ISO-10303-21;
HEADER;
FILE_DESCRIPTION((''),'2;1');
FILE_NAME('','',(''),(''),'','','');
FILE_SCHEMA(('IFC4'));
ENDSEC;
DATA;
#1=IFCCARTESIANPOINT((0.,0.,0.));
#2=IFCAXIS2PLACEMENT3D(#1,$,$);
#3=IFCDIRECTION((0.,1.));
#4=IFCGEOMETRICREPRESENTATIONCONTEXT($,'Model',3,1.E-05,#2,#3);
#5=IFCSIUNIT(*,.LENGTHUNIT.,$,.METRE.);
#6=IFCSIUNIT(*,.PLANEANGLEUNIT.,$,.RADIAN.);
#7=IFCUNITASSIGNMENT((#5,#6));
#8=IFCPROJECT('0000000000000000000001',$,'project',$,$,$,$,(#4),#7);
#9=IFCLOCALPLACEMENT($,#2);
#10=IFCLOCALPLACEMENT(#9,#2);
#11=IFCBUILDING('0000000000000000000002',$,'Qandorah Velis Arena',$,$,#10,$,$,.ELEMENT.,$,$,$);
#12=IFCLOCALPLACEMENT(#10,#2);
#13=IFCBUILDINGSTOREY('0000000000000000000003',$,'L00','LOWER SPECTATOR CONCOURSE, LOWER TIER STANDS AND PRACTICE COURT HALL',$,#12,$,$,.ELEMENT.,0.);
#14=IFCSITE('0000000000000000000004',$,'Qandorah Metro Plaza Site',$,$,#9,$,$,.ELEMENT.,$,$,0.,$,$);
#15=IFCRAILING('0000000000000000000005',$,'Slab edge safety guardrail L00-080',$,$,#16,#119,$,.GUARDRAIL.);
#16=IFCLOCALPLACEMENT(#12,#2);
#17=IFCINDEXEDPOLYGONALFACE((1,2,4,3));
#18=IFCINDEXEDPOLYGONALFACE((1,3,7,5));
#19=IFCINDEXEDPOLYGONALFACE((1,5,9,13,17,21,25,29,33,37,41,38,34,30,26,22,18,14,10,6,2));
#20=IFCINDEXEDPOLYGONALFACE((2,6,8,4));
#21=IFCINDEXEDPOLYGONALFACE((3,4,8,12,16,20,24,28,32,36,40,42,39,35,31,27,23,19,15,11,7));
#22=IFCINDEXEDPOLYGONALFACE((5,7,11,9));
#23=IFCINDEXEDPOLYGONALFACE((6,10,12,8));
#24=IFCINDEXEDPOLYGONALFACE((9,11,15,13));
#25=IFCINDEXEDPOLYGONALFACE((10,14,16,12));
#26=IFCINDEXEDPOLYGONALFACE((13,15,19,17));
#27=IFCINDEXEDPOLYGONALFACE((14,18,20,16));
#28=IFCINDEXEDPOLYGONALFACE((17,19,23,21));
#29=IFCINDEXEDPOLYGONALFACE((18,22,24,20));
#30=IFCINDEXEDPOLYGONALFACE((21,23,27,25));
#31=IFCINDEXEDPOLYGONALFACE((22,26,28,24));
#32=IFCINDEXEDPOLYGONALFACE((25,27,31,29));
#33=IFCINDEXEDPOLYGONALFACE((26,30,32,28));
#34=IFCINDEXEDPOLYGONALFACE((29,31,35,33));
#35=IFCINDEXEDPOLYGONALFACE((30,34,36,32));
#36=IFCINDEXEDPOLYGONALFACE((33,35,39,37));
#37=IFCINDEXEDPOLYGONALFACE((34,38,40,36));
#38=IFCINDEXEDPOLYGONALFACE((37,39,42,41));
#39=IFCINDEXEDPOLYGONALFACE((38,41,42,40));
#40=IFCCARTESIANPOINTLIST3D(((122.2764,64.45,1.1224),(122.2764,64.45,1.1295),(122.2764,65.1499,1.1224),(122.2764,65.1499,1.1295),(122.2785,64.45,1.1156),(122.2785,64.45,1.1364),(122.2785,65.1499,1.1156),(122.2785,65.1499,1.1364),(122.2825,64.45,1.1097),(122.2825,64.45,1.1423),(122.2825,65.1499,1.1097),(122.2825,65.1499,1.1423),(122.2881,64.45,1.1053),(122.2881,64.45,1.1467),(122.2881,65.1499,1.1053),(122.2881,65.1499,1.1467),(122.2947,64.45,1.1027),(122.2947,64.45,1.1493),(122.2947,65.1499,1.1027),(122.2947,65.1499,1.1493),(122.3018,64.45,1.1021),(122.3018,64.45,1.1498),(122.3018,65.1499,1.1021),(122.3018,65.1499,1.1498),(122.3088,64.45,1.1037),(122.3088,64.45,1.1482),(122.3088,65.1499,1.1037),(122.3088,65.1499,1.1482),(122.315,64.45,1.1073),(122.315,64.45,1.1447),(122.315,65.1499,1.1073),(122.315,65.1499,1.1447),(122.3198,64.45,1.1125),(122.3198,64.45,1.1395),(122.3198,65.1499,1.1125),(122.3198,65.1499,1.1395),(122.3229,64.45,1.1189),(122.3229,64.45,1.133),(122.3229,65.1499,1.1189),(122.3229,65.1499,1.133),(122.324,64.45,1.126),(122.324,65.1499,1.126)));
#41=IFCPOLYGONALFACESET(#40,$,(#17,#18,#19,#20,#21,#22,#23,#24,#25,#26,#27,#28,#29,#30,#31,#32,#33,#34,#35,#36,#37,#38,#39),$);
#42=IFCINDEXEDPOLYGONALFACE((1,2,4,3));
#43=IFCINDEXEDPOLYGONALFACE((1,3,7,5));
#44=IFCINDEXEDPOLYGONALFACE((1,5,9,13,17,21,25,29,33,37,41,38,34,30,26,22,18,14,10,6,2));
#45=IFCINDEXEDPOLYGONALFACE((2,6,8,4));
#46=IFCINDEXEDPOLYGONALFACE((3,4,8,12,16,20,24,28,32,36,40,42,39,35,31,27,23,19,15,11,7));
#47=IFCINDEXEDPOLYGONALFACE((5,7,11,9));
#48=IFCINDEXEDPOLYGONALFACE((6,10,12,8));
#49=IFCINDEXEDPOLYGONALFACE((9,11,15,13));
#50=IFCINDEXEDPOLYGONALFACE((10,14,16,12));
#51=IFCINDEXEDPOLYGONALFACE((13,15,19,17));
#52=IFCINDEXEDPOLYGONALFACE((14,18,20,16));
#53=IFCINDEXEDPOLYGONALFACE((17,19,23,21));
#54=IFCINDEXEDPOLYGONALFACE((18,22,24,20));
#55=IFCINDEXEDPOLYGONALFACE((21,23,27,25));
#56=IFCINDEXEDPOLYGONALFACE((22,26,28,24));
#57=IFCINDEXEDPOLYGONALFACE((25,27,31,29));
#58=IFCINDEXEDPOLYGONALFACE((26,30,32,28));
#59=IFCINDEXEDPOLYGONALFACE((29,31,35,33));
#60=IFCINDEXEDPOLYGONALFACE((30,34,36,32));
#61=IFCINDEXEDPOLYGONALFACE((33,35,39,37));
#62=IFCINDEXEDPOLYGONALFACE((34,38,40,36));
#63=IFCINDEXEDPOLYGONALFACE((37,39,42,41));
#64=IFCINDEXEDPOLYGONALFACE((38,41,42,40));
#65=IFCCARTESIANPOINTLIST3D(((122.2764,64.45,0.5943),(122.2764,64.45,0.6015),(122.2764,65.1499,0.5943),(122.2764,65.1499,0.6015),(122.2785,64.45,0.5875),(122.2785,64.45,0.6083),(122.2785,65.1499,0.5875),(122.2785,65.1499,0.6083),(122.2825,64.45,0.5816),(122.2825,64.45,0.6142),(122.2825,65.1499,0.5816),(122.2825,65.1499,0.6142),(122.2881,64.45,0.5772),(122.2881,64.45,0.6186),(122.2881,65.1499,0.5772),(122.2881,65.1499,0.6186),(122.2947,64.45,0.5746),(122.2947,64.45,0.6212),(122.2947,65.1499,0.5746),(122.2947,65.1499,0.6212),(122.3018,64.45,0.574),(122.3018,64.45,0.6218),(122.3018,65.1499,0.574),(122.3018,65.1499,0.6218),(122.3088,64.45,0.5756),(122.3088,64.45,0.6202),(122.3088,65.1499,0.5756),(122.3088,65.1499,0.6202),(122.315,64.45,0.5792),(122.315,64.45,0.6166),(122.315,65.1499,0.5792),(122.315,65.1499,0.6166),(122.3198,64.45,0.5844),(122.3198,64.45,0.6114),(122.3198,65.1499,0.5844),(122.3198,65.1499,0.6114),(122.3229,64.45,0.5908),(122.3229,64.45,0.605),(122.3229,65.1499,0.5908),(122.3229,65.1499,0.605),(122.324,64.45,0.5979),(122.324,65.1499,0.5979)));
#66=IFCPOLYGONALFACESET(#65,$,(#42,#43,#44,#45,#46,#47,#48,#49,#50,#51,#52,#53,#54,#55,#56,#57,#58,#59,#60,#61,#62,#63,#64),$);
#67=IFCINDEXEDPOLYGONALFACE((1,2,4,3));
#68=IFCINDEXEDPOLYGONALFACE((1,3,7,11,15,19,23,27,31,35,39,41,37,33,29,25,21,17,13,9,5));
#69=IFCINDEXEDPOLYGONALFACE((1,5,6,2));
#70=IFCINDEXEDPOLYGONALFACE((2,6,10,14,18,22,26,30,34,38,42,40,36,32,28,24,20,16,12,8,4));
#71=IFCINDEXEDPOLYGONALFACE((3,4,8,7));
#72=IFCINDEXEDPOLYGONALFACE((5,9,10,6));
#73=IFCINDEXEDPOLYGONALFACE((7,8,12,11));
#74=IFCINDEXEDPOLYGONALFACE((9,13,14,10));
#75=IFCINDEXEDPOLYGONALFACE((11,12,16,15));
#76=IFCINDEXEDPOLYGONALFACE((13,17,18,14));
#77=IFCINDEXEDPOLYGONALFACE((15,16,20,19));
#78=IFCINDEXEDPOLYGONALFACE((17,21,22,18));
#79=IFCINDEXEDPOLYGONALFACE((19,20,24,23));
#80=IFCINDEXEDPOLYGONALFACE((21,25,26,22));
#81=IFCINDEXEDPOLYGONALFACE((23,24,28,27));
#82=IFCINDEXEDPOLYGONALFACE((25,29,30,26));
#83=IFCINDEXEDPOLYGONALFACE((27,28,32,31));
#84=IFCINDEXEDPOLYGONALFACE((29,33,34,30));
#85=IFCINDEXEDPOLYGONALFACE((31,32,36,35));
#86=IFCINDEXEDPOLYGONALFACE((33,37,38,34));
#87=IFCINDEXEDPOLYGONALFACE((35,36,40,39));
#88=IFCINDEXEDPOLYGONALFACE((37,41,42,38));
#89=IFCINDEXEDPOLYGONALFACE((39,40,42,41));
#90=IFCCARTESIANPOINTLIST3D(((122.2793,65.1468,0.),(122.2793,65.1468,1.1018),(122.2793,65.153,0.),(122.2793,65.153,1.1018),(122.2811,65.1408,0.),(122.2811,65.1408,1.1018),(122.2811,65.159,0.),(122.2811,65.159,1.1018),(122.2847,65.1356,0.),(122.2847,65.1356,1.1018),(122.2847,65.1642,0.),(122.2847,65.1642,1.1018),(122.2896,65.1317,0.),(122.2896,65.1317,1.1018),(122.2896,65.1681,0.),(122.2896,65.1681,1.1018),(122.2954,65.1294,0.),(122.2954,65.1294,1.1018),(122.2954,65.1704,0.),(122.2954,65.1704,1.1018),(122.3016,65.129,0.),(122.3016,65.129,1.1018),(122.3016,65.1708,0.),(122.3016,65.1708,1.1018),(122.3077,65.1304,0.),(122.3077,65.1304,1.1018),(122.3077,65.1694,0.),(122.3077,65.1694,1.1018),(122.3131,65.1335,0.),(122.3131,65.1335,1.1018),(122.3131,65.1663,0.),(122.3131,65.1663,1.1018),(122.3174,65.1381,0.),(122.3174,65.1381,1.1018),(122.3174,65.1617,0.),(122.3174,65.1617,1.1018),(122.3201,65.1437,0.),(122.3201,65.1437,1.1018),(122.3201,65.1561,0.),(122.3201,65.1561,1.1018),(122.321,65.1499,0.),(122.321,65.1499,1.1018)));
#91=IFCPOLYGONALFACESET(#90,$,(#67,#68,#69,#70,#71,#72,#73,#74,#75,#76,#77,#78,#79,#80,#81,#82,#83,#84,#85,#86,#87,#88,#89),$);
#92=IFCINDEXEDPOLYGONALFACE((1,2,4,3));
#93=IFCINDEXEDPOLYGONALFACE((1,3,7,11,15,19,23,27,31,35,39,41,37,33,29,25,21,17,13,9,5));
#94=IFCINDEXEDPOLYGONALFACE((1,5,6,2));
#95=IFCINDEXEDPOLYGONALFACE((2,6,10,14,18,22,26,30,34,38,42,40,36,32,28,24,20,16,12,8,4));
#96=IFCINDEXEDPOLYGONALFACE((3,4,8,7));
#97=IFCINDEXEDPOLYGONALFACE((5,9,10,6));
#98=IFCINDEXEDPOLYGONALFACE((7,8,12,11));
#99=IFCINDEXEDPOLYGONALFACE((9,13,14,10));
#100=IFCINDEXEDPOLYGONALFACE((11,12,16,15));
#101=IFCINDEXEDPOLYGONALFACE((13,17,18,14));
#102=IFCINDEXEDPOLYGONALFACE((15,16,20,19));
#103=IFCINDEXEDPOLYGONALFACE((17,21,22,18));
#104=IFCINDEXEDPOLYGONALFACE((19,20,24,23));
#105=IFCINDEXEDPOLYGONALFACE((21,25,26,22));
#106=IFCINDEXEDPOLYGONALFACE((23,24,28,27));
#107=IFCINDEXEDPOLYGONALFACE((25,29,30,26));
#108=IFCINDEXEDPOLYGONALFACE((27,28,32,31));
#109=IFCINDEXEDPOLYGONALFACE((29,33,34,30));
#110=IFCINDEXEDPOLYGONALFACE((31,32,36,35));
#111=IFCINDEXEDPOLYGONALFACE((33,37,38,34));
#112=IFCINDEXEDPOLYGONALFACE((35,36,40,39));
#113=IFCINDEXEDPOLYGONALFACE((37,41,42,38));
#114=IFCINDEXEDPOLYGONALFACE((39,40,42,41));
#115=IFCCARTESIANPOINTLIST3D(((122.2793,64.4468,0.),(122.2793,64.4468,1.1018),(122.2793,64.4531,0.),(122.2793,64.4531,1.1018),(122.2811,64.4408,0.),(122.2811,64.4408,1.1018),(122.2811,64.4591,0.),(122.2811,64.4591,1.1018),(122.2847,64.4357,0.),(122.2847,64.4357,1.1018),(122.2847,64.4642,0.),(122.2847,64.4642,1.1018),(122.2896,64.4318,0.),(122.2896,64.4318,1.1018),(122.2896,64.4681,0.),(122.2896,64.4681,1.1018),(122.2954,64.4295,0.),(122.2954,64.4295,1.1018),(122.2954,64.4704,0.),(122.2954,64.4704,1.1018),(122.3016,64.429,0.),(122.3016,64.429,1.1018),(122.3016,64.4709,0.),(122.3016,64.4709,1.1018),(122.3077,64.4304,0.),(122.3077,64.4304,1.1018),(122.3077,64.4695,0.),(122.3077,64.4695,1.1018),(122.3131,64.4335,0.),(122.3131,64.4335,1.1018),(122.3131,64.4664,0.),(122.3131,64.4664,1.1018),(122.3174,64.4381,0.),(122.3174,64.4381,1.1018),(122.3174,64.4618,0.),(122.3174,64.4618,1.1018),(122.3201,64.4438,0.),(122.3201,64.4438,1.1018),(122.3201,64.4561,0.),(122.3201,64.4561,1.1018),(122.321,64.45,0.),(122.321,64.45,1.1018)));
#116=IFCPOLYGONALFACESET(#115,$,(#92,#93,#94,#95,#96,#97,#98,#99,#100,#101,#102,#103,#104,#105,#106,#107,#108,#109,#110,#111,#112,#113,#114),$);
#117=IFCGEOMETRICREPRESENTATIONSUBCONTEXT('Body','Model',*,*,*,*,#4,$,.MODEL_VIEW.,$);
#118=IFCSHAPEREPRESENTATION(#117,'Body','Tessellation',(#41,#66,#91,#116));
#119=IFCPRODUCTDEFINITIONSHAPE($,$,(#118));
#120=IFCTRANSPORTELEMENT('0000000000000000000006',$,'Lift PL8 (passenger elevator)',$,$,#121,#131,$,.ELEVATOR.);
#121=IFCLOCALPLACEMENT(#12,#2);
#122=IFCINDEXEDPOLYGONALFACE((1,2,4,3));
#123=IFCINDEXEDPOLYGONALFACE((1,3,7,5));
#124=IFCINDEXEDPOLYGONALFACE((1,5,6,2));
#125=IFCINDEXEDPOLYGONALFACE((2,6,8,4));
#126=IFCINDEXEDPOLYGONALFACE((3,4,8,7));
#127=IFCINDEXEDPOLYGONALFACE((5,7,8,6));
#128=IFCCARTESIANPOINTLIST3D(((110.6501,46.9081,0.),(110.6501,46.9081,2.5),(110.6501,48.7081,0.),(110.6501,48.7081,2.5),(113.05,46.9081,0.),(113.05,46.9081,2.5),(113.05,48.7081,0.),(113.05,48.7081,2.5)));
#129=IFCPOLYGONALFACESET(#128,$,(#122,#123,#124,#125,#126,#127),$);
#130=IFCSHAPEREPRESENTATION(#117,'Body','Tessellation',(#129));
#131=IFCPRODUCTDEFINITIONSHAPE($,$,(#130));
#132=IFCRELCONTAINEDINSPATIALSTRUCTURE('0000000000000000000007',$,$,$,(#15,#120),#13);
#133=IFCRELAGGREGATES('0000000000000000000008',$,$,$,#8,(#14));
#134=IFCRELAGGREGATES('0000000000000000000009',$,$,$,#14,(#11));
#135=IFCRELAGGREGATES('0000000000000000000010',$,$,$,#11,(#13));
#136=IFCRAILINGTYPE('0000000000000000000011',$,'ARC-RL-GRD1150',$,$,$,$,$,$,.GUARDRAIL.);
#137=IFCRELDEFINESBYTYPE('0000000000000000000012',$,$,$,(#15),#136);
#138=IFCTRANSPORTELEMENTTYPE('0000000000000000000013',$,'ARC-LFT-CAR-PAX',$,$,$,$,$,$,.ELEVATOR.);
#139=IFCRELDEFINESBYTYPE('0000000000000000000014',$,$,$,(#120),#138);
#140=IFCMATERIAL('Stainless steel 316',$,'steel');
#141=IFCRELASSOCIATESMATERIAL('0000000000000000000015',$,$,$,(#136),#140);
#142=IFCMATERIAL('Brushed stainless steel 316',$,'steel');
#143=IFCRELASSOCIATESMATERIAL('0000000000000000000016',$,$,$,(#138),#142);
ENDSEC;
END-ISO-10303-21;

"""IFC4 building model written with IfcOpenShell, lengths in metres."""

from ifc_helpers import new_model, si_unit, direction, frame, origin, origin_2d, place, context, subcontext, project, spatial, rectangle, circle, extrude, material, type_object, element, save


model = new_model("IFC4")

# Units and contexts
model_context = context("Model", 3, precision=1e-05, world=origin(), true_north=direction((0.0, 1.0)))
body_context = subcontext(model_context, "Body", "Model", "MODEL_VIEW")
ifc_project = project(units=[si_unit("LENGTHUNIT", "METRE"), si_unit("PLANEANGLEUNIT", "RADIAN")], contexts=[model_context])

# Site, building, storey
site_placement = place(None, origin())
site = spatial("IfcSite", under=ifc_project, at=site_placement, Name="Qandorah Metro Plaza Site", CompositionType="ELEMENT", RefElevation=0.0)
building_placement = place(site_placement, origin())
building = spatial("IfcBuilding", under=site, at=building_placement, Name="Qandorah Velis Arena", CompositionType="ELEMENT")
storey_placement = place(building_placement, origin())
storey = spatial("IfcBuildingStorey", under=building, at=storey_placement, Name="L00", Description="LOWER SPECTATOR CONCOURSE, LOWER TIER STANDS AND PRACTICE COURT HALL", CompositionType="ELEMENT", Elevation=0.0)

# Railing
ifc_material_1 = material(Name="Stainless steel 316", Category="steel")
railing_type = type_object("IfcRailingType", Name="ARC-RL-GRD1150", PredefinedType="GUARDRAIL", material=ifc_material_1)
railing_1_placement = place(storey_placement, frame((122.3, 65.1499, 0.0)))
element("IfcRailing", 1, at=railing_1_placement, inside=storey, type_object=railing_type, Name="Slab edge safety guardrail L00-080", PredefinedType="GUARDRAIL", context=body_context, shape_type="SweptSolid", body=[
    extrude(circle(Radius=0.0239, at=origin_2d()), frame((0.0, 0.0, 1.126), z_axis=(0.0, -1.0, 0.0), x_axis=(1.0, 0.0, 0.0)), (0.0, 0.0, 1.0), 0.7),
    extrude(circle(Radius=0.0239, at=origin_2d()), frame((0.0, 0.0, 0.5979), z_axis=(0.0, -1.0, 0.0), x_axis=(1.0, 0.0, 0.0)), (0.0, 0.0, 1.0), 0.7),
    extrude(circle(Radius=0.021, at=origin_2d()), origin(), (0.0, 0.0, 1.0), 1.1018),
    extrude(circle(Radius=0.021, at=origin_2d()), frame((0.0, -0.7, 0.0)), (0.0, 0.0, 1.0), 1.1018),
])

# Transport element
ifc_material_2 = material(Name="Brushed stainless steel 316", Category="steel")
transport_element_type = type_object("IfcTransportElementType", Name="ARC-LFT-CAR-PAX", PredefinedType="ELEVATOR", material=ifc_material_2)
transport_element_placement = place(storey_placement, frame((111.8501, 47.8081, 0.0), z_axis=(0.0, 0.0, 1.0), x_axis=(0.0, 1.0, 0.0)))
element("IfcTransportElement", 2, at=transport_element_placement, inside=storey, type_object=transport_element_type, Name="Lift PL8 (passenger elevator)", PredefinedType="ELEVATOR", context=body_context, shape_type="SweptSolid", body=[
    extrude(rectangle(XDim=1.8, YDim=2.3999, at=origin_2d()), origin(), (0.0, 0.0, 1.0), 2.5),
])

save(model, "model.ifc")
